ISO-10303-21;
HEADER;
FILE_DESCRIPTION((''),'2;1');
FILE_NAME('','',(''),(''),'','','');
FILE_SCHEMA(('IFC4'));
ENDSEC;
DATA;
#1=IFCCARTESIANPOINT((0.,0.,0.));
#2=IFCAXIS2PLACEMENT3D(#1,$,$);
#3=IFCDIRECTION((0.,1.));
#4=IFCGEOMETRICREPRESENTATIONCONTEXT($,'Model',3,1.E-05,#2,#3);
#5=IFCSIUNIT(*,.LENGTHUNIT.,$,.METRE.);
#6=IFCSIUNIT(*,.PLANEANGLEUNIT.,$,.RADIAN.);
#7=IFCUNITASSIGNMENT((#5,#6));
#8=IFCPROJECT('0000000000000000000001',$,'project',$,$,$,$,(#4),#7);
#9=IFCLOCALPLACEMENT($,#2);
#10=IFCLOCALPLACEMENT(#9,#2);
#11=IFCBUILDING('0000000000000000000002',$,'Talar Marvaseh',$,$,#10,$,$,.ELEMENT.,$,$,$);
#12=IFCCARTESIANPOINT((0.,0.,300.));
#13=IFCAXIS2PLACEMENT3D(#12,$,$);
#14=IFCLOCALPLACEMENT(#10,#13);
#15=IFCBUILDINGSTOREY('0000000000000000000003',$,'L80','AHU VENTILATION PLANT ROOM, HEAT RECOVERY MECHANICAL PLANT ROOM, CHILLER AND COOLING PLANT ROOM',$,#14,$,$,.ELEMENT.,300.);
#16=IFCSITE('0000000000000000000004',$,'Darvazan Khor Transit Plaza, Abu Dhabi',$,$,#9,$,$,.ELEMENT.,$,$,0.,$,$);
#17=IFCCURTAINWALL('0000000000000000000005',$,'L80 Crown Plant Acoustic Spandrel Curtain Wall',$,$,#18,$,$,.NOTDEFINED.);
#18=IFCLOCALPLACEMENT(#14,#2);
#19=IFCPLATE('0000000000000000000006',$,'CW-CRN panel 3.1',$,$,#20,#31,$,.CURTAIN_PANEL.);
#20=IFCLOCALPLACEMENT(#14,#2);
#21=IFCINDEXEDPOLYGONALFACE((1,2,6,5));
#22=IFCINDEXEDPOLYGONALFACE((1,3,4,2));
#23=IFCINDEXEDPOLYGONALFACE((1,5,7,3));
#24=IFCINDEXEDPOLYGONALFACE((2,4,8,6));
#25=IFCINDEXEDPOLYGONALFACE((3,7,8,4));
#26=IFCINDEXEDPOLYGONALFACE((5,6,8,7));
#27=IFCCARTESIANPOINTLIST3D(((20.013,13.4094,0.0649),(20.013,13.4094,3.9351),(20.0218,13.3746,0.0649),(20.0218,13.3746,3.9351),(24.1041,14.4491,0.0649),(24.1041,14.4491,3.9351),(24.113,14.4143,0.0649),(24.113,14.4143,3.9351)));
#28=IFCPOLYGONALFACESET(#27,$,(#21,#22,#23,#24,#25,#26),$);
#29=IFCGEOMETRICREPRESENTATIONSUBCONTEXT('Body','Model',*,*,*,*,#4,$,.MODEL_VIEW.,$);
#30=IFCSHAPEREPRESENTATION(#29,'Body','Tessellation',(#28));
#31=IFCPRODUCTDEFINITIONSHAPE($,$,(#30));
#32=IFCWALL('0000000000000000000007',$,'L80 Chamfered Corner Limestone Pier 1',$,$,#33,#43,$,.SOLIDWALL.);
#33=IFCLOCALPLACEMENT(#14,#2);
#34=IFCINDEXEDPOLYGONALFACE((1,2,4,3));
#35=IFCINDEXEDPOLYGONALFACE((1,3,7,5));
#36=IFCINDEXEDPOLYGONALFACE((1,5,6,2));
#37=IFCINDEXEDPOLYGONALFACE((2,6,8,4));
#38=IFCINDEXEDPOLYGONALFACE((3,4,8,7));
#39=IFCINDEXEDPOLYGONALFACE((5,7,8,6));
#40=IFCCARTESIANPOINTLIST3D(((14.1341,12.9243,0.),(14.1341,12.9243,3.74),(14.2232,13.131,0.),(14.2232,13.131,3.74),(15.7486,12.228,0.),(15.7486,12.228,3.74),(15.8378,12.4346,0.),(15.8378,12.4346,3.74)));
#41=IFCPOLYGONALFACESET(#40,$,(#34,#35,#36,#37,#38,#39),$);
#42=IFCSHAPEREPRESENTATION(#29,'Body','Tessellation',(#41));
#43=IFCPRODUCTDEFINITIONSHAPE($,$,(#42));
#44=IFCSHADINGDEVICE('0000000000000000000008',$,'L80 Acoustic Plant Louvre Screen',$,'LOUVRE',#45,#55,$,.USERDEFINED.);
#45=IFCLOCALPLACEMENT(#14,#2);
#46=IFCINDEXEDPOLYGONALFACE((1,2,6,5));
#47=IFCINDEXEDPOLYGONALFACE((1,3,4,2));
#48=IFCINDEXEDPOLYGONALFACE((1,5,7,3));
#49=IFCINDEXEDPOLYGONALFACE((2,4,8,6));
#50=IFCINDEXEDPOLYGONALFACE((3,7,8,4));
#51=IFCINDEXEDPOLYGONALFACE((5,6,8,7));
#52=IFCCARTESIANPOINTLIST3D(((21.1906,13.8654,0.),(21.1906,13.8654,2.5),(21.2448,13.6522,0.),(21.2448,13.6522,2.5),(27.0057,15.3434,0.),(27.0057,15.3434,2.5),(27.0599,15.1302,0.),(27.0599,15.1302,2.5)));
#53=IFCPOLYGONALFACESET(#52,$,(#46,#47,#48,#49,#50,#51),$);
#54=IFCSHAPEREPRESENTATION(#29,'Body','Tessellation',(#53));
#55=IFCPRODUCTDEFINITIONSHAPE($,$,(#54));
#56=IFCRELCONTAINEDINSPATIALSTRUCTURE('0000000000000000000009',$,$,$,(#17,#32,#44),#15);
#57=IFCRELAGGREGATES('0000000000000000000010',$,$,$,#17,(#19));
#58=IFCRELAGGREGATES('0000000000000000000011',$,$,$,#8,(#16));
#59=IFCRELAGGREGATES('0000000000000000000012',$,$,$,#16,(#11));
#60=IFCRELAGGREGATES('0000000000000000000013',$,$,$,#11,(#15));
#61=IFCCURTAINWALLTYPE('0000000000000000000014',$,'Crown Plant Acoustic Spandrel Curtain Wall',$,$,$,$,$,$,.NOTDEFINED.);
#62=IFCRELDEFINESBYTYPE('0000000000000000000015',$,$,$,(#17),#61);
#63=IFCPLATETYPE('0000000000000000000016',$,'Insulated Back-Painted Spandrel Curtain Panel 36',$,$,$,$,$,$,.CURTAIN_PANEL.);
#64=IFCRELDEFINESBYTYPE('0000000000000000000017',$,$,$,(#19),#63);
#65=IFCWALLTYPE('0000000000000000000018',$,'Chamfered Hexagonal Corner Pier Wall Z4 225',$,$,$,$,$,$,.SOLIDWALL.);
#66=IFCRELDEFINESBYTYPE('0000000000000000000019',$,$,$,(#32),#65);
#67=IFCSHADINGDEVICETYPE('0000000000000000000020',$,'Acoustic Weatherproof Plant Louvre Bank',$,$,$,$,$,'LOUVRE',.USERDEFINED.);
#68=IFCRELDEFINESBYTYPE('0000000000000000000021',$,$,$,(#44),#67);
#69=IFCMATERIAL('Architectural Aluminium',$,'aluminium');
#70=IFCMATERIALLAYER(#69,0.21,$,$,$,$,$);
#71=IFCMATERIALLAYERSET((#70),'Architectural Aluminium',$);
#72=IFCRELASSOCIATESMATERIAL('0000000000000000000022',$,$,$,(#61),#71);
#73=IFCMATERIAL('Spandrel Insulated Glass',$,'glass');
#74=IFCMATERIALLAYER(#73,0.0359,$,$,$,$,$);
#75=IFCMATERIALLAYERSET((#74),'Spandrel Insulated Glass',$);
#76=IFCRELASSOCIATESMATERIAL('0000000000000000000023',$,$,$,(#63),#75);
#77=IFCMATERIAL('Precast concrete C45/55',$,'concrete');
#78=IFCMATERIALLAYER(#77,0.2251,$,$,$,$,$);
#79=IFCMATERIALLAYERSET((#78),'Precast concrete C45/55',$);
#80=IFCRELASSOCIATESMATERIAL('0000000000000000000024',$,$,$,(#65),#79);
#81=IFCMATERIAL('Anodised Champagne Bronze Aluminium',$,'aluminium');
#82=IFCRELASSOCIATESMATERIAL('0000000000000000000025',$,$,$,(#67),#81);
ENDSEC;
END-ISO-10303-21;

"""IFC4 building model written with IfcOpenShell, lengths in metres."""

from ifc_helpers import new_model, si_unit, direction, frame, frame_2d, origin, origin_2d, place, context, subcontext, project, spatial, rectangle, extrude, source, transform, mapped, material, layer, layer_set, type_object, type_shapes, element, aggregate, save


model = new_model("IFC4")

# Units and contexts
model_context = context("Model", 3, precision=1e-05, world=origin(), true_north=direction((0.0, 1.0)))
body_context = subcontext(model_context, "Body", "Model", "MODEL_VIEW")
ifc_project = project(units=[si_unit("LENGTHUNIT", "METRE"), si_unit("PLANEANGLEUNIT", "RADIAN")], contexts=[model_context])

# Site, building, storey
site_placement = place(None, origin())
site = spatial("IfcSite", under=ifc_project, at=site_placement, Name="Darvazan Khor Transit Plaza, Abu Dhabi", CompositionType="ELEMENT", RefElevation=0.0)
building_placement = place(site_placement, origin())
building = spatial("IfcBuilding", under=site, at=building_placement, Name="Talar Marvaseh", CompositionType="ELEMENT")
storey_placement = place(building_placement, frame((0.0, 0.0, 300.0)))
storey = spatial("IfcBuildingStorey", under=building, at=storey_placement, Name="L80", Description="AHU VENTILATION PLANT ROOM, HEAT RECOVERY MECHANICAL PLANT ROOM, CHILLER AND COOLING PLANT ROOM", CompositionType="ELEMENT", Elevation=300.0)

# Curtain wall
ifc_material_1 = material(Name="Architectural Aluminium", Category="aluminium")
ifc_layer_1 = layer(ifc_material_1, 0.21)
ifc_layer_set_1 = layer_set([ifc_layer_1], Name="Architectural Aluminium")
curtain_wall_type = type_object("IfcCurtainWallType", Name="Crown Plant Acoustic Spandrel Curtain Wall", PredefinedType="NOTDEFINED", material=ifc_layer_set_1)
curtain_wall_1_placement = place(storey_placement, origin())
curtain_wall_1 = element("IfcCurtainWall", 1, at=curtain_wall_1_placement, inside=storey, type_object=curtain_wall_type, Name="L80 Crown Plant Acoustic Spandrel Curtain Wall", PredefinedType="NOTDEFINED")

# Plate
ifc_material_2 = material(Name="Spandrel Insulated Glass", Category="glass")
ifc_layer_2 = layer(ifc_material_2, 0.0359)
ifc_layer_set_2 = layer_set([ifc_layer_2], Name="Spandrel Insulated Glass")
plate_type_1 = type_object("IfcPlateType", Name="Insulated Back-Painted Spandrel Curtain Panel 36", PredefinedType="CURTAIN_PANEL", material=ifc_layer_set_2)
shared_shape_1 = source(origin(), body_context, "Body", "SweptSolid", [
    extrude(rectangle(XDim=4.2212, YDim=0.0359, at=origin_2d()), origin(), (0.0, 0.0, 1.0), 3.8701),
])
plate_1_placement = place(storey_placement, frame((22.063, 13.9119, 0.0649), z_axis=(0.0, 0.0, 1.0), x_axis=(-0.969193, -0.246304, 0.0)))
plate_1 = element("IfcPlate", 2, at=plate_1_placement, type_object=plate_type_1, Name="CW-CRN panel 3.1", PredefinedType="CURTAIN_PANEL", context=body_context, shape_type="MappedRepresentation", body=[
    mapped(shared_shape_1, transform((0.0, 0.0, 0.0), x_axis=(1.0, 0.0, 0.0), y_axis=(0.0, 1.0, 0.0), z_axis=(0.0, 0.0, 1.0), scale=1.0)),
])
aggregate(curtain_wall_1, [plate_1])

# Wall
ifc_material_3 = material(Name="Precast concrete C45/55", Category="concrete")
ifc_layer_3 = layer(ifc_material_3, 0.2251)
ifc_layer_set_3 = layer_set([ifc_layer_3], Name="Precast concrete C45/55")
wall_type = type_object("IfcWallType", Name="Chamfered Hexagonal Corner Pier Wall Z4 225", PredefinedType="SOLIDWALL", material=ifc_layer_set_3)
wall_placement = place(storey_placement, frame((15.7932, 12.3313, 0.0), z_axis=(0.0, 0.0, 1.0), x_axis=(-0.918245, 0.396013, 0.0)))
element("IfcWall", 3, at=wall_placement, inside=storey, type_object=wall_type, Name="L80 Chamfered Corner Limestone Pier 1", PredefinedType="SOLIDWALL", context=body_context, shape_type="SweptSolid", body=[
    extrude(rectangle(XDim=1.7583, YDim=0.2251, at=frame_2d((0.8792, 0.0))), origin(), (0.0, 0.0, 1.0), 3.74),
])

# Shading device
ifc_material_4 = material(Name="Anodised Champagne Bronze Aluminium", Category="aluminium")
shading_device_type = type_object("IfcShadingDeviceType", Name="Acoustic Weatherproof Plant Louvre Bank", ElementType="LOUVRE", PredefinedType="USERDEFINED", material=ifc_material_4)
shared_shape_2 = source(origin(), body_context, "Body", "SweptSolid", [
    extrude(rectangle(XDim=6.0, YDim=0.22, at=origin_2d()), origin(), (0.0, 0.0, 1.0), 2.5),
])
type_shapes(shading_device_type, [shared_shape_2])
shading_device_placement = place(storey_placement, frame((24.1252, 14.4978, 0.0), z_axis=(0.0, 0.0, 1.0), x_axis=(-0.969188, -0.246322, 0.0)))
element("IfcShadingDevice", 4, at=shading_device_placement, inside=storey, type_object=shading_device_type, Name="L80 Acoustic Plant Louvre Screen", ObjectType="LOUVRE", PredefinedType="USERDEFINED", context=body_context, shape_type="MappedRepresentation", body=[
    mapped(shared_shape_2, transform((0.0, 0.0, 0.0), x_axis=(1.0, 0.0, 0.0), y_axis=(0.0, 1.0, 0.0), z_axis=(0.0, 0.0, 1.0), scale=1.0)),
])

save(model, "model.ifc")
